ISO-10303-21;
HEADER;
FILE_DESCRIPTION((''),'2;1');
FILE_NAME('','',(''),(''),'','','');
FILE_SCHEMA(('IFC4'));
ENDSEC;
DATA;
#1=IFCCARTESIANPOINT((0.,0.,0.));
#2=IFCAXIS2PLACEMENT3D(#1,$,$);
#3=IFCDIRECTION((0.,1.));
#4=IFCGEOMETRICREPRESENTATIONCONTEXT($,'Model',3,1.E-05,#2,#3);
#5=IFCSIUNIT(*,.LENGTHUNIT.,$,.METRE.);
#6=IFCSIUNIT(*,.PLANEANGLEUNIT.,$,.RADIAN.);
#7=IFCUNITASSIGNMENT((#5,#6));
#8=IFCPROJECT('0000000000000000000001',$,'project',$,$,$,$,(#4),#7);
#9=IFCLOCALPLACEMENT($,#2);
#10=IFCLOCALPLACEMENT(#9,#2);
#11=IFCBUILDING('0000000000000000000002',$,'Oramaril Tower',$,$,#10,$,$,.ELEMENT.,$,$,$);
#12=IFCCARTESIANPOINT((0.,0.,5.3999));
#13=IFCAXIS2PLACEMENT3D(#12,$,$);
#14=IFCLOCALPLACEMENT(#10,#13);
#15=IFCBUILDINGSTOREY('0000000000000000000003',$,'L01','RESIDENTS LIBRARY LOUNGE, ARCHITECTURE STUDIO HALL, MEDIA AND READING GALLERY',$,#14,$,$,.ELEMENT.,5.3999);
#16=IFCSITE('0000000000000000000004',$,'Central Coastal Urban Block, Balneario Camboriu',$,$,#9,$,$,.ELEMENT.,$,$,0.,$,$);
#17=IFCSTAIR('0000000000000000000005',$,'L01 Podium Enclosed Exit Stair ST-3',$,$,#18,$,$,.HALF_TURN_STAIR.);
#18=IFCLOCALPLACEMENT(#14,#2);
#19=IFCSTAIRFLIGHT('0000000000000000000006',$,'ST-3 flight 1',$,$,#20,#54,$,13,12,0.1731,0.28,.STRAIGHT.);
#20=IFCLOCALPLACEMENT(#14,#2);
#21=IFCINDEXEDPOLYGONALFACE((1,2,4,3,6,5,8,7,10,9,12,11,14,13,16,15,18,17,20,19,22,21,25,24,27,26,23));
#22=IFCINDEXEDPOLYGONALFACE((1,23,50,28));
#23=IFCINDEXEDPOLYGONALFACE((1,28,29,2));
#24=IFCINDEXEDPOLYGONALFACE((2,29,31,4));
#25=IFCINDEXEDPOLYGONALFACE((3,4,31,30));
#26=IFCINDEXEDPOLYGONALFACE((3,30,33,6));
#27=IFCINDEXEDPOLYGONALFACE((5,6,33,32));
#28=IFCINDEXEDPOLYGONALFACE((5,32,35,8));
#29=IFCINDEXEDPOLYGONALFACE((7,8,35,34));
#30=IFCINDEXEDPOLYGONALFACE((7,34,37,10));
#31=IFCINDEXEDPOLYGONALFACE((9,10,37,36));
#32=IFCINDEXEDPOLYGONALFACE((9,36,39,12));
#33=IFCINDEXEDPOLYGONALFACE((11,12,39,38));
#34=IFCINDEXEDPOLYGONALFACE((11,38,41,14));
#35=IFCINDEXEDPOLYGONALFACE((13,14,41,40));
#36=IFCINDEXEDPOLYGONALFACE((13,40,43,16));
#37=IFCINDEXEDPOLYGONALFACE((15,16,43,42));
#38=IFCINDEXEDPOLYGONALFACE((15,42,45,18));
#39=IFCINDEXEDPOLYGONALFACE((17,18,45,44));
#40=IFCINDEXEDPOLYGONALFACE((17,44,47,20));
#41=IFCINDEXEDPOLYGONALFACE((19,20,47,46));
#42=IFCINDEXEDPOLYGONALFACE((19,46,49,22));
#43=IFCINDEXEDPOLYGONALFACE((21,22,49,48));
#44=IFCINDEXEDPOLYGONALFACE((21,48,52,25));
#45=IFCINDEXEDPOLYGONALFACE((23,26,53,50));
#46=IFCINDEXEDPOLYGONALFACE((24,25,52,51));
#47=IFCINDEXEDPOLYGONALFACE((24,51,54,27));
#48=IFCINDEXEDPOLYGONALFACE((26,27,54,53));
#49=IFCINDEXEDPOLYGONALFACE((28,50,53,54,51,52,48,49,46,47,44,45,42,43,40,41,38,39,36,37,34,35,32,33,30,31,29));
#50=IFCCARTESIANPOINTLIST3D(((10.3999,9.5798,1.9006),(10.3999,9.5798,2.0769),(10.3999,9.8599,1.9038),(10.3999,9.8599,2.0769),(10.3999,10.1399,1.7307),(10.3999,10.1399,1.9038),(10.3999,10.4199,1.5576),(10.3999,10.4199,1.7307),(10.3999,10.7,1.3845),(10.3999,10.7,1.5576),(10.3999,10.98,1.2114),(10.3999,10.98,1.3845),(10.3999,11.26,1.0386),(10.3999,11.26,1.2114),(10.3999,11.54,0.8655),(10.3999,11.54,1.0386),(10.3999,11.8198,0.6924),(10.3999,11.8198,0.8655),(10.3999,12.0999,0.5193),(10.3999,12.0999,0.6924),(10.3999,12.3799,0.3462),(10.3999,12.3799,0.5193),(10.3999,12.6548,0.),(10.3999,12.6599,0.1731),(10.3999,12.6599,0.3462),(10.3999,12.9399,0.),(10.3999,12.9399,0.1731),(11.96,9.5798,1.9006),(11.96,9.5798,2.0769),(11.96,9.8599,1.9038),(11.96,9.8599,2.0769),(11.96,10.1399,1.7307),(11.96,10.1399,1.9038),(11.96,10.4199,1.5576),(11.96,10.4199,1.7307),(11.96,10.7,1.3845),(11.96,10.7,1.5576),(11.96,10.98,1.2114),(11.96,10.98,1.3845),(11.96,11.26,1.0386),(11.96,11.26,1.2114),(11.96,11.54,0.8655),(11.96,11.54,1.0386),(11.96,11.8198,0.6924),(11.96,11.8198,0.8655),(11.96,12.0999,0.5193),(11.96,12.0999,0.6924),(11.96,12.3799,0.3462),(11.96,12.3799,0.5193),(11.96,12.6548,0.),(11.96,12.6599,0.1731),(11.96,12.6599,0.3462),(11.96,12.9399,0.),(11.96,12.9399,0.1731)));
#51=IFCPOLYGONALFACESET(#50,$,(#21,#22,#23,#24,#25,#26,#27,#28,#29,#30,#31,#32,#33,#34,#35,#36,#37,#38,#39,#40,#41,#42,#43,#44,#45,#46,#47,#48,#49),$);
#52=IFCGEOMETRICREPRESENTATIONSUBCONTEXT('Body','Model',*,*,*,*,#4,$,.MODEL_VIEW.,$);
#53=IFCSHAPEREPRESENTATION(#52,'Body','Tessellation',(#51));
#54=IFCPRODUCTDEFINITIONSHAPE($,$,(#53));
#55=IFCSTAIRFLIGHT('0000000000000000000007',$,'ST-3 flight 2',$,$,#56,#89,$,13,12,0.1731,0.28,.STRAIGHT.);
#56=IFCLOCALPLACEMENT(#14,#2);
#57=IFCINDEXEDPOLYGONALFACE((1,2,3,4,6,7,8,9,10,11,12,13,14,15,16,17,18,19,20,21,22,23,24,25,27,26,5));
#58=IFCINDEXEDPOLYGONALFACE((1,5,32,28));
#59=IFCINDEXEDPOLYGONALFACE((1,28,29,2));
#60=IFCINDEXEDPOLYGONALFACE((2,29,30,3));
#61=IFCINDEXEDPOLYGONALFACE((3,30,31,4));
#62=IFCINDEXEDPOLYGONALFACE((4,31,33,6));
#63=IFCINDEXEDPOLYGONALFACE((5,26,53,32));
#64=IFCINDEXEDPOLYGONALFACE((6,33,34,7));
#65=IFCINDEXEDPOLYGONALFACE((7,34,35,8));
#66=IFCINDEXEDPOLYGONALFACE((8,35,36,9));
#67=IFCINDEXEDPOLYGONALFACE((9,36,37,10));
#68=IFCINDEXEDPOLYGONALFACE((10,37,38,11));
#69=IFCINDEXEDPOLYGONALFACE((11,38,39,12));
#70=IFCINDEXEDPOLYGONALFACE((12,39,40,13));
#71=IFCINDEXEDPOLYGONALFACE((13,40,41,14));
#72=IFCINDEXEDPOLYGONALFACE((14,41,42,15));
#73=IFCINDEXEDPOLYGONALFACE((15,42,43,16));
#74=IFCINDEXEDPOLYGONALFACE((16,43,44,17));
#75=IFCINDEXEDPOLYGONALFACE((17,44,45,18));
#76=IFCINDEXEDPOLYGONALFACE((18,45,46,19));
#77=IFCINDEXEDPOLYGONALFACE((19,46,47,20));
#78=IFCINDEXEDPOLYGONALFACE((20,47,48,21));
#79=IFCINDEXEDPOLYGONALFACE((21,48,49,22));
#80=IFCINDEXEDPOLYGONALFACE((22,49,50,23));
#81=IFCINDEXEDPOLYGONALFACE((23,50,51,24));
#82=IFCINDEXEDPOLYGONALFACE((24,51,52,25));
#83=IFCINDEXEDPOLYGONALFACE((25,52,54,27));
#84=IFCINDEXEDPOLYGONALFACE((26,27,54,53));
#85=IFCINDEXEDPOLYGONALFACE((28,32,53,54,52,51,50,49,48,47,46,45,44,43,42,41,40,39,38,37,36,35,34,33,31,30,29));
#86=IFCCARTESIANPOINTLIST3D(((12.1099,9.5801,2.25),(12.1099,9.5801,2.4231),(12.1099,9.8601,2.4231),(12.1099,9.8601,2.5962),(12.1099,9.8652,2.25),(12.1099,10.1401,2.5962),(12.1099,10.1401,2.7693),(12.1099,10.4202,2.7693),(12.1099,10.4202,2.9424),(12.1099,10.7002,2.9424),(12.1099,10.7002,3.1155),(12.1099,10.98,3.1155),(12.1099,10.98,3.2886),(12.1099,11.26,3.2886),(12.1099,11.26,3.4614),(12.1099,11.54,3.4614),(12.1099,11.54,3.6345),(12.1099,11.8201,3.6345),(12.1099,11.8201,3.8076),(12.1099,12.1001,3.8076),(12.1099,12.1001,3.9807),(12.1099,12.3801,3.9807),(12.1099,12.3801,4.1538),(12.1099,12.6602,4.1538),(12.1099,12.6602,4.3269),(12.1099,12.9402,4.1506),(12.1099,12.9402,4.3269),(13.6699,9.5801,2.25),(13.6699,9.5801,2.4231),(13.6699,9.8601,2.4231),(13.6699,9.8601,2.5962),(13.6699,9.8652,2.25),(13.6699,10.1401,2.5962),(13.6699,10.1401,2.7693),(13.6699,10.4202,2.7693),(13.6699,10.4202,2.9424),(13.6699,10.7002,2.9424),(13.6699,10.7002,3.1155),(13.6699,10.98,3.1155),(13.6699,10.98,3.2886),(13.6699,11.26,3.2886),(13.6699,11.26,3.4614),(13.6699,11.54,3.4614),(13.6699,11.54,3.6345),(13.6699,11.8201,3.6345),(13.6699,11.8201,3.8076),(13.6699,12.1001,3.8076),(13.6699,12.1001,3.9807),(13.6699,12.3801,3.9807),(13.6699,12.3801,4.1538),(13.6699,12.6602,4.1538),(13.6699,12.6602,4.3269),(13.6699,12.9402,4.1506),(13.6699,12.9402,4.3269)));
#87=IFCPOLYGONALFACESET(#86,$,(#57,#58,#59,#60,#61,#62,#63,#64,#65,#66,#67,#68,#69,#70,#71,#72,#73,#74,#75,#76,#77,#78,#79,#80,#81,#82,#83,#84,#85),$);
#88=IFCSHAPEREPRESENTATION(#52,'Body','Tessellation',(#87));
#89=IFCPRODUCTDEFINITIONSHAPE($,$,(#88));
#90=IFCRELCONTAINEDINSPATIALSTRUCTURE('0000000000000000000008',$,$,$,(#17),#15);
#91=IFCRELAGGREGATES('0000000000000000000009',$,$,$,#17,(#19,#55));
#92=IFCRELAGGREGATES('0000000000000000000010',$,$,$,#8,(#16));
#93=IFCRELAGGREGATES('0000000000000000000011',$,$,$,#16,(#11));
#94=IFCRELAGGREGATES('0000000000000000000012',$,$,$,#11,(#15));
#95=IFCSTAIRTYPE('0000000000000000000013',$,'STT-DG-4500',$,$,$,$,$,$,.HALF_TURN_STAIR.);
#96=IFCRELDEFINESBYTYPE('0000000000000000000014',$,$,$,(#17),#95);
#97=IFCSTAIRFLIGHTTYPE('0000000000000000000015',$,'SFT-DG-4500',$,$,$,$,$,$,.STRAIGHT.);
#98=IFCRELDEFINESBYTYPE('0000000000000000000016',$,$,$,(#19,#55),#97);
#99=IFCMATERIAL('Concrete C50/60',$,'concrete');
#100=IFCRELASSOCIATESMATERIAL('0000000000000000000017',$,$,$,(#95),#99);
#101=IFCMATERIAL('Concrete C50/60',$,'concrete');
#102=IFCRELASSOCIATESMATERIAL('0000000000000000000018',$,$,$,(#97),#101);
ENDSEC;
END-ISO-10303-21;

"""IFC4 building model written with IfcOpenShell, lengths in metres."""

from ifc_helpers import new_model, si_unit, direction, frame, origin, place, context, subcontext, project, spatial, polyline, outline, extrude, material, type_object, element, aggregate, save


model = new_model("IFC4")

# Units and contexts
model_context = context("Model", 3, precision=1e-05, world=origin(), true_north=direction((0.0, 1.0)))
body_context = subcontext(model_context, "Body", "Model", "MODEL_VIEW")
ifc_project = project(units=[si_unit("LENGTHUNIT", "METRE"), si_unit("PLANEANGLEUNIT", "RADIAN")], contexts=[model_context])

# Site, building, storey
site_placement = place(None, origin())
site = spatial("IfcSite", under=ifc_project, at=site_placement, Name="Central Coastal Urban Block, Balneario Camboriu", CompositionType="ELEMENT", RefElevation=0.0)
building_placement = place(site_placement, origin())
building = spatial("IfcBuilding", under=site, at=building_placement, Name="Oramaril Tower", CompositionType="ELEMENT")
storey_placement = place(building_placement, frame((0.0, 0.0, 5.3999)))
storey = spatial("IfcBuildingStorey", under=building, at=storey_placement, Name="L01", Description="RESIDENTS LIBRARY LOUNGE, ARCHITECTURE STUDIO HALL, MEDIA AND READING GALLERY", CompositionType="ELEMENT", Elevation=5.3999)

# Stair, stair flights
ifc_material_1 = material(Name="Concrete C50/60", Category="concrete")
stair_type = type_object("IfcStairType", Name="STT-DG-4500", PredefinedType="HALF_TURN_STAIR", material=ifc_material_1)
stair_placement = place(storey_placement, origin())
stair = element("IfcStair", 1, at=stair_placement, inside=storey, type_object=stair_type, Name="L01 Podium Enclosed Exit Stair ST-3", PredefinedType="HALF_TURN_STAIR")
ifc_material_2 = material(Name="Concrete C50/60", Category="concrete")
stair_flight_type = type_object("IfcStairFlightType", Name="SFT-DG-4500", PredefinedType="STRAIGHT", material=ifc_material_2)
stair_flight_1_placement = place(storey_placement, frame((11.1799, 12.9399, 0.0), z_axis=(0.0, 0.0, 1.0), x_axis=(0.0, -1.0, 0.0)))
stair_flight_1 = element("IfcStairFlight", 2, at=stair_flight_1_placement, type_object=stair_flight_type, Name="ST-3 flight 1", NumberOfRisers=13, NumberOfTreads=12, PredefinedType="STRAIGHT", RiserHeight=0.1731, TreadLength=0.28, context=body_context, shape_type="SweptSolid", body=[
    extrude(outline(polyline([(0.0, 0.0), (0.0, 0.1731), (0.28, 0.1731), (0.28, 0.3462), (0.5601, 0.3462), (0.5601, 0.5193), (0.8401, 0.5193), (0.8401, 0.6924), (1.1201, 0.6924), (1.1201, 0.8655), (1.3999, 0.8655), (1.3999, 1.0386), (1.6799, 1.0386), (1.6799, 1.2114), (1.96, 1.2114), (1.96, 1.3845), (2.24, 1.3845), (2.24, 1.5576), (2.52, 1.5576), (2.52, 1.7307), (2.8, 1.7307), (2.8, 1.9038), (3.0801, 1.9038), (3.0801, 2.0769), (3.3601, 2.0769), (3.3601, 2.25), (3.3601, 1.9006), (0.2852, 0.0), (0.0, 0.0)])), frame((0.0, 0.78, 0.0), z_axis=(0.0, -1.0, 0.0), x_axis=(1.0, 0.0, 0.0)), (0.0, 0.0, 1.0), 1.5601),
])
stair_flight_2_placement = place(storey_placement, frame((12.8899, 9.5801, 2.25), z_axis=(0.0, 0.0, 1.0), x_axis=(0.0, 1.0, 0.0)))
stair_flight_2 = element("IfcStairFlight", 3, at=stair_flight_2_placement, type_object=stair_flight_type, Name="ST-3 flight 2", NumberOfRisers=13, NumberOfTreads=12, PredefinedType="STRAIGHT", RiserHeight=0.1731, TreadLength=0.28, context=body_context, shape_type="SweptSolid", body=[
    extrude(outline(polyline([(0.0, 0.0), (0.0, 0.1731), (0.28, 0.1731), (0.28, 0.3462), (0.5601, 0.3462), (0.5601, 0.5193), (0.8401, 0.5193), (0.8401, 0.6924), (1.1201, 0.6924), (1.1201, 0.8655), (1.3999, 0.8655), (1.3999, 1.0386), (1.6799, 1.0386), (1.6799, 1.2114), (1.96, 1.2114), (1.96, 1.3845), (2.24, 1.3845), (2.24, 1.5576), (2.52, 1.5576), (2.52, 1.7307), (2.8, 1.7307), (2.8, 1.9038), (3.0801, 1.9038), (3.0801, 2.0769), (3.3601, 2.0769), (3.3601, 2.25), (3.3601, 1.9006), (0.2852, 0.0), (0.0, 0.0)])), frame((0.0, 0.78, 0.0), z_axis=(0.0, -1.0, 0.0), x_axis=(1.0, 0.0, 0.0)), (0.0, 0.0, 1.0), 1.5601),
])
aggregate(stair, [stair_flight_1, stair_flight_2])

save(model, "model.ifc")
